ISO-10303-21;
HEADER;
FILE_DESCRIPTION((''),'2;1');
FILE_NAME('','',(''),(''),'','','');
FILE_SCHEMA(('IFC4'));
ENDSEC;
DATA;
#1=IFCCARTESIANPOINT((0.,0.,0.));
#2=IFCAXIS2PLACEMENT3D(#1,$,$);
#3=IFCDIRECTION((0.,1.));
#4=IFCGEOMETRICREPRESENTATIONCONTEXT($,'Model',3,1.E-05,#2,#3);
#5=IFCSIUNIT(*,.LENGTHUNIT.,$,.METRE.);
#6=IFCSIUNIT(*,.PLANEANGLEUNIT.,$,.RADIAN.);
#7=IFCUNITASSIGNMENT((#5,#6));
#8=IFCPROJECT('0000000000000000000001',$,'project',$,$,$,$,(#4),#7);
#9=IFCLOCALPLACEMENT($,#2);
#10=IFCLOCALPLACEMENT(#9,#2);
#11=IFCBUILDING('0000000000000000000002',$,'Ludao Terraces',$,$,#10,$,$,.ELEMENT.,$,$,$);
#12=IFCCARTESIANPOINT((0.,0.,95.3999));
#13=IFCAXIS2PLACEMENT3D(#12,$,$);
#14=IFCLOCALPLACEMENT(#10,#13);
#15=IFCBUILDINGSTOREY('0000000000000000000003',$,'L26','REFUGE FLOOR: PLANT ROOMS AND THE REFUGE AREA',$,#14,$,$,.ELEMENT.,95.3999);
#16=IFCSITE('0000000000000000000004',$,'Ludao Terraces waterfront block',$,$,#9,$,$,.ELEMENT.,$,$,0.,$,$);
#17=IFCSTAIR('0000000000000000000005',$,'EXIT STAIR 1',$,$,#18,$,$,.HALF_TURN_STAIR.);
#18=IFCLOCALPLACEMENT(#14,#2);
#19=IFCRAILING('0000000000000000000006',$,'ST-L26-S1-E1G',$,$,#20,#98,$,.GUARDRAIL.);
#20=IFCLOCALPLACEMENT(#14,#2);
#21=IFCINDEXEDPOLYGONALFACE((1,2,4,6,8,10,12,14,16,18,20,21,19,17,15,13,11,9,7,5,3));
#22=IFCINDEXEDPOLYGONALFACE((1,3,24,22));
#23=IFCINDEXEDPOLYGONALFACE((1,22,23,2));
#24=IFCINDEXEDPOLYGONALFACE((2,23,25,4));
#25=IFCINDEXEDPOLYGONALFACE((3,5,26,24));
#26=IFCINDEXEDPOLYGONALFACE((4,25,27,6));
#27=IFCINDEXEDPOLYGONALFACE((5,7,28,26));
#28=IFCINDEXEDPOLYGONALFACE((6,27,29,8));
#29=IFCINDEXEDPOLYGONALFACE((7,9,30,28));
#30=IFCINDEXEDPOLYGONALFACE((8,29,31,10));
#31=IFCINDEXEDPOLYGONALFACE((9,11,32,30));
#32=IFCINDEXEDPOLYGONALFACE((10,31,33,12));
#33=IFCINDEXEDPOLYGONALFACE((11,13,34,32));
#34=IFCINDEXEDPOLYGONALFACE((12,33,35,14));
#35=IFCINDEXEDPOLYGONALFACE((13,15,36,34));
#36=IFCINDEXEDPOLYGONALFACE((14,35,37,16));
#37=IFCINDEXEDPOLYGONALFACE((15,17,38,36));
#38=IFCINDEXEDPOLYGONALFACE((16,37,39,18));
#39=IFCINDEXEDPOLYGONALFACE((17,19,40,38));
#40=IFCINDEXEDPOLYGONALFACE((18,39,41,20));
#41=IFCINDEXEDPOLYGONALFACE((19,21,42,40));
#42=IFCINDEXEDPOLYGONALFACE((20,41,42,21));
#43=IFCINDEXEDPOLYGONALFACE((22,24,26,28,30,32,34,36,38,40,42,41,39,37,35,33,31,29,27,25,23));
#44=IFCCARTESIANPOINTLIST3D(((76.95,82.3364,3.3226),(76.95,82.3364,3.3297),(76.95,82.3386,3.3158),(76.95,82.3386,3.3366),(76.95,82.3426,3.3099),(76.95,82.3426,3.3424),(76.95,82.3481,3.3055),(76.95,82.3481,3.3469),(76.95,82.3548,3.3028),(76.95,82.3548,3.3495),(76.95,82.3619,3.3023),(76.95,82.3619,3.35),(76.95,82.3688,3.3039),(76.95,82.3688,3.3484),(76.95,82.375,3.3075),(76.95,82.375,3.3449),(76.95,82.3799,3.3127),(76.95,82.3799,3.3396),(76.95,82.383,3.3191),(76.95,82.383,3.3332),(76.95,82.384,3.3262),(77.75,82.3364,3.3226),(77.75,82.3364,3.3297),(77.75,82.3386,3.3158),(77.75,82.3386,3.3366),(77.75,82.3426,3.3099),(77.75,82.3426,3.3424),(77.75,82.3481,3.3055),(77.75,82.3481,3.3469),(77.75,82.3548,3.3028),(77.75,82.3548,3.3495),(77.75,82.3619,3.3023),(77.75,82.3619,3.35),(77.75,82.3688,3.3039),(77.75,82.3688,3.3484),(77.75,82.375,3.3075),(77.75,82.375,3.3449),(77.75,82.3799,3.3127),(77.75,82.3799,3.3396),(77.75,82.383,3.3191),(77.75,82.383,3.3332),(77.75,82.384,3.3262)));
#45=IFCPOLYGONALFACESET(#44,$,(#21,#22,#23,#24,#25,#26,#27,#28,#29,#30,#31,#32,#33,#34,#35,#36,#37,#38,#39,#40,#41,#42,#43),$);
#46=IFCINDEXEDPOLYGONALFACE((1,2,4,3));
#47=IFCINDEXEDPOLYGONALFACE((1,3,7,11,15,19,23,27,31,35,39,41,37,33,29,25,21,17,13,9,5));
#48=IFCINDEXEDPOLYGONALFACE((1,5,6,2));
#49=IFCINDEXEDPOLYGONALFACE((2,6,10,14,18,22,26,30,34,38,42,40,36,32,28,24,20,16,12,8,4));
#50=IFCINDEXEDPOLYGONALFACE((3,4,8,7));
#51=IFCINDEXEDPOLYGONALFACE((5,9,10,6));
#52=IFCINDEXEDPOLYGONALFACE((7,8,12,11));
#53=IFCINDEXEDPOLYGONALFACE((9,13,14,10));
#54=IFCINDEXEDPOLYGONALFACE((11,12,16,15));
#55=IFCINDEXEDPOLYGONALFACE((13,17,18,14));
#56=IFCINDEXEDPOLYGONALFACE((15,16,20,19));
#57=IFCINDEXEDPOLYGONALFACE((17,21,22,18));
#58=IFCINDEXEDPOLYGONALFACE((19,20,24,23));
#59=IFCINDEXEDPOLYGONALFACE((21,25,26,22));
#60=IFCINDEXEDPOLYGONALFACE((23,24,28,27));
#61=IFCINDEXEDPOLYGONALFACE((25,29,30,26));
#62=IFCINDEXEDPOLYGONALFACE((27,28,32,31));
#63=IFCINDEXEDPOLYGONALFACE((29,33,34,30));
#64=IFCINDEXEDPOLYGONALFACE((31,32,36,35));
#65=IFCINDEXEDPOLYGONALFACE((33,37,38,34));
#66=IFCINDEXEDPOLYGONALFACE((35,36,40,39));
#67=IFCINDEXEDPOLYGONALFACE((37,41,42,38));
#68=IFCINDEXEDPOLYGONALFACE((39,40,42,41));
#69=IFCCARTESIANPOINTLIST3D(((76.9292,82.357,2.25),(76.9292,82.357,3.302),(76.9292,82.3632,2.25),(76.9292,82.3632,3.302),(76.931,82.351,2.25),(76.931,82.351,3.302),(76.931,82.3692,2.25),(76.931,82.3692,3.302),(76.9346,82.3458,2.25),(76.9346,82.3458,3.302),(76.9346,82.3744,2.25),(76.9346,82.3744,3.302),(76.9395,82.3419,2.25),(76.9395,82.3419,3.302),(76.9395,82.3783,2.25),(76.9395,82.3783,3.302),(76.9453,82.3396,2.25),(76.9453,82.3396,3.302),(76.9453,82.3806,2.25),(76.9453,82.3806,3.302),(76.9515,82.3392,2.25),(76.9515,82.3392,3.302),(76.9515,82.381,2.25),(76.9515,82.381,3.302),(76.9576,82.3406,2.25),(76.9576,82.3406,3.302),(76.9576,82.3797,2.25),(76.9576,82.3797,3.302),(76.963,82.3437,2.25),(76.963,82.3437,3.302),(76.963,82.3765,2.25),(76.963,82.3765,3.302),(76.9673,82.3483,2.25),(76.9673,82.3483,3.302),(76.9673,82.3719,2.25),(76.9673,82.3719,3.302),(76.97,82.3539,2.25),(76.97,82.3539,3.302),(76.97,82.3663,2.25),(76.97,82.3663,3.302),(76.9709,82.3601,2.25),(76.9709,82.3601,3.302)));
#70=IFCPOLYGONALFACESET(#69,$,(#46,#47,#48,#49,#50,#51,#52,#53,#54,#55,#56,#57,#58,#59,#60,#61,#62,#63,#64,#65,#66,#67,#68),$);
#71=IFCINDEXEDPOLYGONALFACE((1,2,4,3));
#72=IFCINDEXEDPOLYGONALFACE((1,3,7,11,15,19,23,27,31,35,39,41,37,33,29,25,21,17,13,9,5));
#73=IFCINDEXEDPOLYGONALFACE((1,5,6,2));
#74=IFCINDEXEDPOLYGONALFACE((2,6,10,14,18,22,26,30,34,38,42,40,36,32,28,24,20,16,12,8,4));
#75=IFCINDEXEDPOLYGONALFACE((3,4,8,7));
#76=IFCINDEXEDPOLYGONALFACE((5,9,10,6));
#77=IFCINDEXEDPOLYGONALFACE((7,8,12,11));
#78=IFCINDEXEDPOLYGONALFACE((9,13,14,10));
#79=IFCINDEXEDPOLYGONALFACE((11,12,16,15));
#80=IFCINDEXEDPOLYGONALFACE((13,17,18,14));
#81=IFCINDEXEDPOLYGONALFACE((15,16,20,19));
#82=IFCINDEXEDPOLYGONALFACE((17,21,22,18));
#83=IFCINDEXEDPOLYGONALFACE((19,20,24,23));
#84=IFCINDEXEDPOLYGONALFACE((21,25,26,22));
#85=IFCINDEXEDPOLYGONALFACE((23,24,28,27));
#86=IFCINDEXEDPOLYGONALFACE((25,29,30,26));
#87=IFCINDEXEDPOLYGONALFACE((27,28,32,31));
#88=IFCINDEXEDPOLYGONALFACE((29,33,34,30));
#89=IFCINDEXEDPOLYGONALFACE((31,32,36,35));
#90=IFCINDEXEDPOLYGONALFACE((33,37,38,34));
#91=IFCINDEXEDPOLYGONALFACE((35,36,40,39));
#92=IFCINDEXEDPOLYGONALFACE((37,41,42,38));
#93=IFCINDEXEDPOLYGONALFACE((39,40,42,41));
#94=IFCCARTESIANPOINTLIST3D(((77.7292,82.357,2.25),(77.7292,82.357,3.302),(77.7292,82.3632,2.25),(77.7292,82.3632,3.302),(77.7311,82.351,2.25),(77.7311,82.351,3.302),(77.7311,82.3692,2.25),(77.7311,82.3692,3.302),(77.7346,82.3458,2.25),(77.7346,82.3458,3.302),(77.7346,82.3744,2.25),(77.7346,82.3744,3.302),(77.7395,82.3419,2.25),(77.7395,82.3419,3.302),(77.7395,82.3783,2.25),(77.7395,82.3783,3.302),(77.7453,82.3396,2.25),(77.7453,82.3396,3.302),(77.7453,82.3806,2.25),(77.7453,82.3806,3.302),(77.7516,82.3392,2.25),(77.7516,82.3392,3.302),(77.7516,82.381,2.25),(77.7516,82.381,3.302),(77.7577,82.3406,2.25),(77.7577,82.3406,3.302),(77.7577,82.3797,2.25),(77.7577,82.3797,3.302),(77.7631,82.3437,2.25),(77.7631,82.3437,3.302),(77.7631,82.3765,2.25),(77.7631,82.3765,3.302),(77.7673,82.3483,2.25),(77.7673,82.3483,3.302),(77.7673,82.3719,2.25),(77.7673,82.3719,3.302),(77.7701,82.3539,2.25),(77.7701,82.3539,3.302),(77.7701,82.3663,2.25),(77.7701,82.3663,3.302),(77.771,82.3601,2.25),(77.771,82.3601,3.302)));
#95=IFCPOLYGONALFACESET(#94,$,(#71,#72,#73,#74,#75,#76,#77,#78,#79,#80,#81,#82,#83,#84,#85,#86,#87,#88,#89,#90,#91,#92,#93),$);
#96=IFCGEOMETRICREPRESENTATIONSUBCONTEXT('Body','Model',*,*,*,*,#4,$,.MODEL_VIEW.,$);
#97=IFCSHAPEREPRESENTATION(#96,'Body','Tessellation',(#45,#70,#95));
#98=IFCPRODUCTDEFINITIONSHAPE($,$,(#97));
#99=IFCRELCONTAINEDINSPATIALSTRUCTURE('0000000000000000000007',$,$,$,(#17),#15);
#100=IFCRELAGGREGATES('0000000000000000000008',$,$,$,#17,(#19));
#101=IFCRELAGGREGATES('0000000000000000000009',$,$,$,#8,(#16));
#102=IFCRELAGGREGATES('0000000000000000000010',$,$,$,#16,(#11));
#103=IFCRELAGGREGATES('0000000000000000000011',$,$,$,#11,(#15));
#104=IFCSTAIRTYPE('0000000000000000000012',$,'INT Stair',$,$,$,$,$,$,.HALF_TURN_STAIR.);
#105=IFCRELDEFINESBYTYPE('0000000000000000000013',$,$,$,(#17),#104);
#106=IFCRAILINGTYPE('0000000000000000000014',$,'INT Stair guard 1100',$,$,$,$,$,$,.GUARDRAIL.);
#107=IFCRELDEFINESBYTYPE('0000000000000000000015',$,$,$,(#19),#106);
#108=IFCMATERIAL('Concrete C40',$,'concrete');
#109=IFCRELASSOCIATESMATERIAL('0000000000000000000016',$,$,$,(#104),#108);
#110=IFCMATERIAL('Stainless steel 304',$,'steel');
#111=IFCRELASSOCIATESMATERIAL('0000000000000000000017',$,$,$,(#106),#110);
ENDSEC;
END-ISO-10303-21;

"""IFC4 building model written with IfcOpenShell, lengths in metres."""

from ifc_helpers import new_model, si_unit, direction, frame, origin, origin_2d, place, context, subcontext, project, spatial, circle, extrude, material, type_object, element, aggregate, save


model = new_model("IFC4")

# Units and contexts
model_context = context("Model", 3, precision=1e-05, world=origin(), true_north=direction((0.0, 1.0)))
body_context = subcontext(model_context, "Body", "Model", "MODEL_VIEW")
ifc_project = project(units=[si_unit("LENGTHUNIT", "METRE"), si_unit("PLANEANGLEUNIT", "RADIAN")], contexts=[model_context])

# Site, building, storey
site_placement = place(None, origin())
site = spatial("IfcSite", under=ifc_project, at=site_placement, Name="Ludao Terraces waterfront block", CompositionType="ELEMENT", RefElevation=0.0)
building_placement = place(site_placement, origin())
building = spatial("IfcBuilding", under=site, at=building_placement, Name="Ludao Terraces", CompositionType="ELEMENT")
storey_placement = place(building_placement, frame((0.0, 0.0, 95.3999)))
storey = spatial("IfcBuildingStorey", under=building, at=storey_placement, Name="L26", Description="REFUGE FLOOR: PLANT ROOMS AND THE REFUGE AREA", CompositionType="ELEMENT", Elevation=95.3999)

# Stair, railing
ifc_material_1 = material(Name="Concrete C40", Category="concrete")
stair_type = type_object("IfcStairType", Name="INT Stair", PredefinedType="HALF_TURN_STAIR", material=ifc_material_1)
stair_placement = place(storey_placement, origin())
stair = element("IfcStair", 1, at=stair_placement, inside=storey, type_object=stair_type, Name="EXIT STAIR 1", PredefinedType="HALF_TURN_STAIR")
ifc_material_2 = material(Name="Stainless steel 304", Category="steel")
railing_type_1 = type_object("IfcRailingType", Name="INT Stair guard 1100", PredefinedType="GUARDRAIL", material=ifc_material_2)
railing_1_placement = place(storey_placement, frame((76.95, 82.3601, 2.25)))
railing_1 = element("IfcRailing", 2, at=railing_1_placement, type_object=railing_type_1, Name="ST-L26-S1-E1G", PredefinedType="GUARDRAIL", context=body_context, shape_type="SweptSolid", body=[
    extrude(circle(Radius=0.0239, at=origin_2d()), frame((0.0, 0.0, 1.0762), z_axis=(1.0, 0.0, 0.0), x_axis=(0.0, 1.0, 0.0)), (0.0, 0.0, 1.0), 0.8),
    extrude(circle(Radius=0.021, at=origin_2d()), origin(), (0.0, 0.0, 1.0), 1.052),
    extrude(circle(Radius=0.021, at=origin_2d()), frame((0.8, 0.0, 0.0)), (0.0, 0.0, 1.0), 1.052),
])
aggregate(stair, [railing_1])

save(model, "model.ifc")
